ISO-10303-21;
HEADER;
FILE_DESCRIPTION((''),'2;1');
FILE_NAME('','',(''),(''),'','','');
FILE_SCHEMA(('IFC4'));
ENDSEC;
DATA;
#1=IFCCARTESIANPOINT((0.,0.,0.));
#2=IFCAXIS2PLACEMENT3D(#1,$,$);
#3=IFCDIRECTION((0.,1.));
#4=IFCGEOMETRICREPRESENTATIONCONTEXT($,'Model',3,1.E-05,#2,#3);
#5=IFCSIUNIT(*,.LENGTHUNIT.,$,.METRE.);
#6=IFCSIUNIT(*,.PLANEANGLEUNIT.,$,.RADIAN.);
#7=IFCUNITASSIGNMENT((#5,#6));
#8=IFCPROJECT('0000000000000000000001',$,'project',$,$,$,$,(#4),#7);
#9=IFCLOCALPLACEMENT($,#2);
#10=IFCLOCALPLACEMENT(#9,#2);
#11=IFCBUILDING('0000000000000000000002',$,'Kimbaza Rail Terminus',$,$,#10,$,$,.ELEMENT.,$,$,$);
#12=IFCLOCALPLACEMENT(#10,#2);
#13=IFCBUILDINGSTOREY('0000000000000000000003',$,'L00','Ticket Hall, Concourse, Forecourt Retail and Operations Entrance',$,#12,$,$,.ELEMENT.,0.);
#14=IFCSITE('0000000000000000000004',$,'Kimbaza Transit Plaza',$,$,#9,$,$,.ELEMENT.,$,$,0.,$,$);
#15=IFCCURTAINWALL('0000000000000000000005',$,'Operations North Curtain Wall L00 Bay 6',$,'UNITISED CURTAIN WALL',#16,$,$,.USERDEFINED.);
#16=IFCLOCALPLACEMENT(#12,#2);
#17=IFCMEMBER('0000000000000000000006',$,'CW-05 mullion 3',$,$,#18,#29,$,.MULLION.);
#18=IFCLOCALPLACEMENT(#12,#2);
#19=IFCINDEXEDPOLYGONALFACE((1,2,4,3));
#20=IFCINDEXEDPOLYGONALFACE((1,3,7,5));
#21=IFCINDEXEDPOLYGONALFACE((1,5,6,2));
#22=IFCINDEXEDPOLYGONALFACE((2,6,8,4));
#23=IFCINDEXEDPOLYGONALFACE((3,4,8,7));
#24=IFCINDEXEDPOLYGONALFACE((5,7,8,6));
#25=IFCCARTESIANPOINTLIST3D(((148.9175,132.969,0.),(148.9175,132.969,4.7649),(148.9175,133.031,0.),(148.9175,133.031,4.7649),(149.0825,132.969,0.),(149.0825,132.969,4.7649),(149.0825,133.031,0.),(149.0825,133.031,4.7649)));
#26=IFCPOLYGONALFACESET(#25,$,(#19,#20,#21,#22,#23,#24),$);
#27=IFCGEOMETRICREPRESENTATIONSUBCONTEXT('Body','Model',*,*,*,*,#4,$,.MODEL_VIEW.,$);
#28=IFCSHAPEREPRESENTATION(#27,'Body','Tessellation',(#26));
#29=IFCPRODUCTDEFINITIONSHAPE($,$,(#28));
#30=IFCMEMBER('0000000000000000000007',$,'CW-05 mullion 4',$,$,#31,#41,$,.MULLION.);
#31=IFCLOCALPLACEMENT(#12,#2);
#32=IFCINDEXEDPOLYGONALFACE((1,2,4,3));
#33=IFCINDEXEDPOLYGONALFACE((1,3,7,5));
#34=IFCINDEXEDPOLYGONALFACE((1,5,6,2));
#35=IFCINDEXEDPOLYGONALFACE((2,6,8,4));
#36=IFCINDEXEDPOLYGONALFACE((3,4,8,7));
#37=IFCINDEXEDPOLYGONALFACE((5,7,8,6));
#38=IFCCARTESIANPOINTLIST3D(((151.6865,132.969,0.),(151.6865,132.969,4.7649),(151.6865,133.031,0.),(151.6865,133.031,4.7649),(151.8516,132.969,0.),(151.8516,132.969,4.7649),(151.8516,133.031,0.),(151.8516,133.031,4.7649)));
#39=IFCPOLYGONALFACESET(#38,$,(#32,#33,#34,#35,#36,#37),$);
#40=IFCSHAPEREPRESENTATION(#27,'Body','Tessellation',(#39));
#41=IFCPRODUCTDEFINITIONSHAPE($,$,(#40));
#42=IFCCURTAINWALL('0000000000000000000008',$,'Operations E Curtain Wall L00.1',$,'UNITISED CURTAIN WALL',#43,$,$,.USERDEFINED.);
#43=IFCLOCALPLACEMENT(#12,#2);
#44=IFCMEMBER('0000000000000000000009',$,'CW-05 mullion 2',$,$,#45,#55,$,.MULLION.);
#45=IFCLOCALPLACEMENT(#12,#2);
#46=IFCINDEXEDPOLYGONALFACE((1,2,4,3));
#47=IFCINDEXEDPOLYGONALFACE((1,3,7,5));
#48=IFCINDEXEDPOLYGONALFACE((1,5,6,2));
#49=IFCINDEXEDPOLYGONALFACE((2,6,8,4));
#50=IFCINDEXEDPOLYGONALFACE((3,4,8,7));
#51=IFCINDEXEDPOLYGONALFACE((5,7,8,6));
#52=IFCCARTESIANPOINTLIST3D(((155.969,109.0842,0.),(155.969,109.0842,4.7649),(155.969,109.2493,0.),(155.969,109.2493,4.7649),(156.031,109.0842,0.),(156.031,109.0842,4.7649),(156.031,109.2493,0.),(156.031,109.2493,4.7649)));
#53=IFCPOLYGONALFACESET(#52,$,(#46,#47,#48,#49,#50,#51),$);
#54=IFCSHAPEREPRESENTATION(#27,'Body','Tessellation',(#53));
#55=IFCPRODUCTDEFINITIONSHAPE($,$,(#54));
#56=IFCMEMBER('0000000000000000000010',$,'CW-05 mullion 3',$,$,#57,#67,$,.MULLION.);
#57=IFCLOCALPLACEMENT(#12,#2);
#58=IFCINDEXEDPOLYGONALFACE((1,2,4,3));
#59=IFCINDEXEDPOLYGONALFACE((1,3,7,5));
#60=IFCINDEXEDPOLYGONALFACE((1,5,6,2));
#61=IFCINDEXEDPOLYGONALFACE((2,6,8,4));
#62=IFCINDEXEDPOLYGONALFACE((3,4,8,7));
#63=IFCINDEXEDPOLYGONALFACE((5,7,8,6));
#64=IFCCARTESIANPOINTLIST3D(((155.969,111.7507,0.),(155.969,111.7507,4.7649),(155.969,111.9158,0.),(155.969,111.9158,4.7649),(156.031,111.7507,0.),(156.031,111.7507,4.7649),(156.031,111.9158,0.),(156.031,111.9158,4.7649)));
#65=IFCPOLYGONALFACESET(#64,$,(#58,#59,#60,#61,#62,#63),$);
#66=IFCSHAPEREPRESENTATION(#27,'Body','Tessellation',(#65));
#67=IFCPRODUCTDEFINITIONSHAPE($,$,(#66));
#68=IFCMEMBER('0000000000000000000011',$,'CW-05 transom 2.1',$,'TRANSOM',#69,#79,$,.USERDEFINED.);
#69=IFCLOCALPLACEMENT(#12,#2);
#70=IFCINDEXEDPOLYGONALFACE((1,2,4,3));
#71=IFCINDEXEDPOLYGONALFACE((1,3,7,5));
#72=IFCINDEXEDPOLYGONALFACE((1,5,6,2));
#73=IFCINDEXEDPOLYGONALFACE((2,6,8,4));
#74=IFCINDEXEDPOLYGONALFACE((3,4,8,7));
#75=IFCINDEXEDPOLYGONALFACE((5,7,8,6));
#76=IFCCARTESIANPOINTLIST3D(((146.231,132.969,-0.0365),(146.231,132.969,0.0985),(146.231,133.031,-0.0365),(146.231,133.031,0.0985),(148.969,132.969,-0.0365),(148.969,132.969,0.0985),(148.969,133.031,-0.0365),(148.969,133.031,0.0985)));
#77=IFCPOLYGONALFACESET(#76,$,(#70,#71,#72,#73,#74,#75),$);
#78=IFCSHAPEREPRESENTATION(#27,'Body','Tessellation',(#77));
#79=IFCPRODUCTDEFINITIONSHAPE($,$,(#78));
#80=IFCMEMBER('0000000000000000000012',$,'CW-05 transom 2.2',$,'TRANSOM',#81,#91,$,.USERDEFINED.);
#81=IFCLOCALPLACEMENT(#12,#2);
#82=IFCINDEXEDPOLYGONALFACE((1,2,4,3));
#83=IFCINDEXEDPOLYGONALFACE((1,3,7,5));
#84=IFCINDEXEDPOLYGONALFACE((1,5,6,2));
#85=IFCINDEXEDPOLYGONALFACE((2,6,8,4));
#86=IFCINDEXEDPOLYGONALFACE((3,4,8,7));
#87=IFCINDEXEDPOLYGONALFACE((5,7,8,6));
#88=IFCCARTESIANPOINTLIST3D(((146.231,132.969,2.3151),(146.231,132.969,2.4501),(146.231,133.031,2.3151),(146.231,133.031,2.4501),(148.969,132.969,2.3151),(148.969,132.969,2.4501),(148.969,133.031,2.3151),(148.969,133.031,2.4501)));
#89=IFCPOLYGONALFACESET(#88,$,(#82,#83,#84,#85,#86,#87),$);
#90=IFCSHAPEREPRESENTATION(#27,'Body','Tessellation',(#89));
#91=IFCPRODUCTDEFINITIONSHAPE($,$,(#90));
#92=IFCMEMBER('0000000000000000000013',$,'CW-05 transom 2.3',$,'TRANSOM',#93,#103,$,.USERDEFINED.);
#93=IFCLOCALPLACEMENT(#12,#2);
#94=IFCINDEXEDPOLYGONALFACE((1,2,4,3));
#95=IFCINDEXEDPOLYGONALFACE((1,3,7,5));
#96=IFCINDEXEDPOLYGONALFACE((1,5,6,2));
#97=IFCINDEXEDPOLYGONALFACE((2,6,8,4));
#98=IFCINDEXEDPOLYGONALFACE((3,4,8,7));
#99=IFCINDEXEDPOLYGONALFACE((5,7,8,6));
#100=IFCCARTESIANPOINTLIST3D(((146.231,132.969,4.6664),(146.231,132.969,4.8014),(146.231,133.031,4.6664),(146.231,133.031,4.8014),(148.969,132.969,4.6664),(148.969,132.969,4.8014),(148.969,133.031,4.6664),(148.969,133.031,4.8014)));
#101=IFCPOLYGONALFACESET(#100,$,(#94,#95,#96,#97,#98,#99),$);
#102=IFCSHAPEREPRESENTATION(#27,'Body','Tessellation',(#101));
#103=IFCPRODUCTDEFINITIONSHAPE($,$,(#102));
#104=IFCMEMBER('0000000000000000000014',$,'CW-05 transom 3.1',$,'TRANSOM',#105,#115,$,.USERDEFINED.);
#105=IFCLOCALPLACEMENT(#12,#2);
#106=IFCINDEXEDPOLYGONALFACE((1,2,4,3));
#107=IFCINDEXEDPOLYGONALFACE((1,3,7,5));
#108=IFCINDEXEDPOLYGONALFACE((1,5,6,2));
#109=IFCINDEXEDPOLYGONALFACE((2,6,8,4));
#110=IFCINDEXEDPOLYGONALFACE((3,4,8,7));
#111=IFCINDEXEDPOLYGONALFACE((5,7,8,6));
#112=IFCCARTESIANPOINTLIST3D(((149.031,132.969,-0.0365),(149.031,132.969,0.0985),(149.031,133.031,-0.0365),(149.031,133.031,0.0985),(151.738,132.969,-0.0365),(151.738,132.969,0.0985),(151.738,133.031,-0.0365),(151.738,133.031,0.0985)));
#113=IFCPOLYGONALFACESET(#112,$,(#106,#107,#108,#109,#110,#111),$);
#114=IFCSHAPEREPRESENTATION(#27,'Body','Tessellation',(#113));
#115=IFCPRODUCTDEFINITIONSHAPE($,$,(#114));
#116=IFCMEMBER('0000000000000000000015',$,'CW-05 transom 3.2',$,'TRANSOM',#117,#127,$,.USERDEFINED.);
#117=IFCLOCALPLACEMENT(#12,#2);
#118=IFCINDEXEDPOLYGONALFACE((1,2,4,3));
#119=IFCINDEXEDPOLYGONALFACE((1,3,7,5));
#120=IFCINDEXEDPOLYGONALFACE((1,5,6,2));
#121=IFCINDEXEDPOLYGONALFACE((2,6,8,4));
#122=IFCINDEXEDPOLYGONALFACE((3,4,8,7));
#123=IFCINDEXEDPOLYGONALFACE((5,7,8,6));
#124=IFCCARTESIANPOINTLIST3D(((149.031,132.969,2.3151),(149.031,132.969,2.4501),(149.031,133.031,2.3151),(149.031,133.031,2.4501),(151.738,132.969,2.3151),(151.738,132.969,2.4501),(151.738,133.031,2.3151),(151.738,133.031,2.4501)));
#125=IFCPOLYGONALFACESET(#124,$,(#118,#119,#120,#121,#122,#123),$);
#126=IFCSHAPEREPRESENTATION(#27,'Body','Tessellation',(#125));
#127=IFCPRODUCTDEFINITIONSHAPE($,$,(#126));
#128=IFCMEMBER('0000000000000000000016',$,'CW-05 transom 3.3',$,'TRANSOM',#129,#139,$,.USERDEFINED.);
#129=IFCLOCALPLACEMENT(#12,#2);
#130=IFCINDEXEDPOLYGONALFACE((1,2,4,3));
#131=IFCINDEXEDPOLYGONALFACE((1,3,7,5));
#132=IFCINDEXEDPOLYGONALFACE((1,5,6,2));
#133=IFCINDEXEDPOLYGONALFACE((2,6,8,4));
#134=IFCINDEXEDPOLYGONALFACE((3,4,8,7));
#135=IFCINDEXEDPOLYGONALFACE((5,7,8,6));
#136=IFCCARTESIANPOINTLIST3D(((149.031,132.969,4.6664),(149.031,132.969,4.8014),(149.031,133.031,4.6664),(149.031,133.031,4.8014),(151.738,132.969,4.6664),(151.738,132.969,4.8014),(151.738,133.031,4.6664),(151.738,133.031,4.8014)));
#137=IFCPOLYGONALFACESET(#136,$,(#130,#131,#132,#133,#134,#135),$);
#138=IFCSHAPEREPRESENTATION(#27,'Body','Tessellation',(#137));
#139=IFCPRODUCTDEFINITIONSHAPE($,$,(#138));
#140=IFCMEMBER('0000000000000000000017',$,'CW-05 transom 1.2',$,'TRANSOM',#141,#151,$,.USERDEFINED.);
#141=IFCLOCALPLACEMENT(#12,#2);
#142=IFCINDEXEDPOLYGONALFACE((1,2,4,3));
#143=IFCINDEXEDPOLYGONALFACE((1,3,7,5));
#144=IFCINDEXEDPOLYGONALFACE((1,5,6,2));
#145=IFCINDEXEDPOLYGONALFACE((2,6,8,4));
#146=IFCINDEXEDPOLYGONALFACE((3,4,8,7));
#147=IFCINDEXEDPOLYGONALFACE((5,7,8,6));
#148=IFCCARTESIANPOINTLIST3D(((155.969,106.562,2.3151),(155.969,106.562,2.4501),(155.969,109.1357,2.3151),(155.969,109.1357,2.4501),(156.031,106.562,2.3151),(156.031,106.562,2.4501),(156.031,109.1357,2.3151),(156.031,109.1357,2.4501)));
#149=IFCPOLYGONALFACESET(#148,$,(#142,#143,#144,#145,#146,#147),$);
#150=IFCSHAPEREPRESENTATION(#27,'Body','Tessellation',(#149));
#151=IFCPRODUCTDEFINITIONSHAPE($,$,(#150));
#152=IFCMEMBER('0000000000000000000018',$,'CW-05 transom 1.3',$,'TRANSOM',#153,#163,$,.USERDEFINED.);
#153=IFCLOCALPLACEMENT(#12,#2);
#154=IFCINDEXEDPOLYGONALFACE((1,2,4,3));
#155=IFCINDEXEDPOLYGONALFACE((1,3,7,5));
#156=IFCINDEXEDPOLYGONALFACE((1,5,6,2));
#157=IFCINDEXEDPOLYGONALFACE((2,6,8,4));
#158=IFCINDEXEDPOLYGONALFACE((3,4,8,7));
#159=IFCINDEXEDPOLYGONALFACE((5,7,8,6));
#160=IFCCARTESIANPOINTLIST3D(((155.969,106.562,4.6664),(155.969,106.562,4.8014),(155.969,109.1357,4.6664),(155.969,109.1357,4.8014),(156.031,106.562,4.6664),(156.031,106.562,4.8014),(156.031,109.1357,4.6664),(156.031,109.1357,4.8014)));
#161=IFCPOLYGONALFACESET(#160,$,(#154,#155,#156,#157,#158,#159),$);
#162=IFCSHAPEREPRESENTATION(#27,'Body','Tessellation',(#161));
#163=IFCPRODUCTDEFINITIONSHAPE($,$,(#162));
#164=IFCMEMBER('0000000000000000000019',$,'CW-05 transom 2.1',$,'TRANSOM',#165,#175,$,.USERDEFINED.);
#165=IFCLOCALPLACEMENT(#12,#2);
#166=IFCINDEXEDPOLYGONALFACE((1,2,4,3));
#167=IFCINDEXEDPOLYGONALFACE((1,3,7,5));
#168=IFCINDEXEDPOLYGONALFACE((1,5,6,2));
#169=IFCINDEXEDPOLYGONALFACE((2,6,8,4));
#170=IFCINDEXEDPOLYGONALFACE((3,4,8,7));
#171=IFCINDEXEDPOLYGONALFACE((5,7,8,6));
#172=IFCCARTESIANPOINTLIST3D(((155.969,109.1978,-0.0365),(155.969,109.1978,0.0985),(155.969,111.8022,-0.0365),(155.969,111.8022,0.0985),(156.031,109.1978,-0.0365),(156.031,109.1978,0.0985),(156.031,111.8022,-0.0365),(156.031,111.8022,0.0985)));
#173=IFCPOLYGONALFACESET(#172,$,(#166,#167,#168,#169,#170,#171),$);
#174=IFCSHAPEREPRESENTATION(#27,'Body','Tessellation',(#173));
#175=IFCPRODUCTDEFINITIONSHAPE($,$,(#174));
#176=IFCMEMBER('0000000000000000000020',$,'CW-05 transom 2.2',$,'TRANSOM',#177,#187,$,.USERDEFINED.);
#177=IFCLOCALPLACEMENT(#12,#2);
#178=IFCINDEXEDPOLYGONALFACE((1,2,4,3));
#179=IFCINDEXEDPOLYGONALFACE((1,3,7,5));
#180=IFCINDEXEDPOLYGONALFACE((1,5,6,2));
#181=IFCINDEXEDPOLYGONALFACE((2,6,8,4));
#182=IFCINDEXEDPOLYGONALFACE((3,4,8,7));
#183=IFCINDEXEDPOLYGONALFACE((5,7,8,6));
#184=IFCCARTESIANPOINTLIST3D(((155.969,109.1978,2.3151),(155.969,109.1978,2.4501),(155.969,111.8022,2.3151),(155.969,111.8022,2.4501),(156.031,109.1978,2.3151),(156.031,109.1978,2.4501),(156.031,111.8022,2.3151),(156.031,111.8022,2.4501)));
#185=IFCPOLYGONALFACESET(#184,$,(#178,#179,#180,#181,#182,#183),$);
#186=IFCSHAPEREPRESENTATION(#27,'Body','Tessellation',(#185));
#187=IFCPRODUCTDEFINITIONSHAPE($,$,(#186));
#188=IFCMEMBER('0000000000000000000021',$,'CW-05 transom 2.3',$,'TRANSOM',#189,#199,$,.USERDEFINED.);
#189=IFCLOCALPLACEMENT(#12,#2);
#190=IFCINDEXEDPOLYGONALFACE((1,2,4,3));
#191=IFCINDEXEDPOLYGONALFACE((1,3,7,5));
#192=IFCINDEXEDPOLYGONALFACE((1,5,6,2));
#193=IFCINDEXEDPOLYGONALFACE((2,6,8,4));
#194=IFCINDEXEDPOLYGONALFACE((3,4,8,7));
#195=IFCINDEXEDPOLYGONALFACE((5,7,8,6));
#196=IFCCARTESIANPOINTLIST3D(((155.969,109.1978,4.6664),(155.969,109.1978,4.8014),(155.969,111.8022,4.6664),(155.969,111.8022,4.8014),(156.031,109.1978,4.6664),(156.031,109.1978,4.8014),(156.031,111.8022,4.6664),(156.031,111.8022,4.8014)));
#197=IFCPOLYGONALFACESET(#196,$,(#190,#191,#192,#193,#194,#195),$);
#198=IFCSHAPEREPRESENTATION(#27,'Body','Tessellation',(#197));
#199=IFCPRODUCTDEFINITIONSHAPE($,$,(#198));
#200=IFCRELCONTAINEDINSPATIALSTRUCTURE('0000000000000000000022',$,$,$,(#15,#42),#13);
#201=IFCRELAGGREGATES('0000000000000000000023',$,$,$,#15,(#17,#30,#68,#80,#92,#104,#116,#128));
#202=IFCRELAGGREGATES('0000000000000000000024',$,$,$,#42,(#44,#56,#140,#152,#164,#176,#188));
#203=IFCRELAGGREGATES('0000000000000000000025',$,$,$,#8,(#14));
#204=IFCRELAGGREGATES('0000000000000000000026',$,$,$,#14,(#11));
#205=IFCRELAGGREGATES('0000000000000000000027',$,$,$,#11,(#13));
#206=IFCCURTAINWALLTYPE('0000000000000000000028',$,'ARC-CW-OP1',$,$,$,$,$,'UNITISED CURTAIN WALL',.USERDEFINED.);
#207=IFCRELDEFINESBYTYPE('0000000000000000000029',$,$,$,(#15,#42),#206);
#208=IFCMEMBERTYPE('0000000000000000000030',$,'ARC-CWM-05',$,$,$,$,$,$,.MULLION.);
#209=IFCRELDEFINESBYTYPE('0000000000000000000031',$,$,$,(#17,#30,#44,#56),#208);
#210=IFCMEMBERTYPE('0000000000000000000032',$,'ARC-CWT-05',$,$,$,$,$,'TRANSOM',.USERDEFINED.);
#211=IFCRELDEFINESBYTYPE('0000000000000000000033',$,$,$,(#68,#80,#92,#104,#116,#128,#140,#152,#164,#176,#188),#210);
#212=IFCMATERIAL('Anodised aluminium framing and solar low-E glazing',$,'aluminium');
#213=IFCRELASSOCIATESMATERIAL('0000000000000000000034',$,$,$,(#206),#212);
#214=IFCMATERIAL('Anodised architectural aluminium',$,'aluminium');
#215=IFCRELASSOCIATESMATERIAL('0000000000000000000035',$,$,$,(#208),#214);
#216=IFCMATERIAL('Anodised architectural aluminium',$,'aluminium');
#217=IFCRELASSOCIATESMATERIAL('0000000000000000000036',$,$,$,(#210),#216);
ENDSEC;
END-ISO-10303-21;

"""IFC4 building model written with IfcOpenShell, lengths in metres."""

from ifc_helpers import new_model, si_unit, direction, frame, origin, origin_2d, place, context, subcontext, project, spatial, rectangle, extrude, material, material_profile, profile_set, type_object, element, aggregate, save


model = new_model("IFC4")

# Units and contexts
model_context = context("Model", 3, precision=1e-05, world=origin(), true_north=direction((0.0, 1.0)))
body_context = subcontext(model_context, "Body", "Model", "MODEL_VIEW")
ifc_project = project(units=[si_unit("LENGTHUNIT", "METRE"), si_unit("PLANEANGLEUNIT", "RADIAN")], contexts=[model_context])

# Site, building, storey
site_placement = place(None, origin())
site = spatial("IfcSite", under=ifc_project, at=site_placement, Name="Kimbaza Transit Plaza", CompositionType="ELEMENT", RefElevation=0.0)
building_placement = place(site_placement, origin())
building = spatial("IfcBuilding", under=site, at=building_placement, Name="Kimbaza Rail Terminus", CompositionType="ELEMENT")
storey_placement = place(building_placement, origin())
storey = spatial("IfcBuildingStorey", under=building, at=storey_placement, Name="L00", Description="Ticket Hall, Concourse, Forecourt Retail and Operations Entrance", CompositionType="ELEMENT", Elevation=0.0)

# Curtain walls, members
ifc_material_1 = material(Name="Anodised aluminium framing and solar low-E glazing", Category="aluminium")
curtain_wall_type = type_object("IfcCurtainWallType", Name="ARC-CW-OP1", ElementType="UNITISED CURTAIN WALL", PredefinedType="USERDEFINED", material=ifc_material_1)
curtain_wall_1_placement = place(storey_placement, origin())
curtain_wall_1 = element("IfcCurtainWall", 1, at=curtain_wall_1_placement, inside=storey, type_object=curtain_wall_type, Name="Operations North Curtain Wall L00 Bay 6", ObjectType="UNITISED CURTAIN WALL", PredefinedType="USERDEFINED")
ifc_material_2 = material(Name="Anodised architectural aluminium", Category="aluminium")
ifc_material_profile_1 = material_profile(ifc_material_2, rectangle(XDim=0.062, YDim=0.165, at=origin_2d()), Name="MULLION 62x165")
ifc_profile_set_1 = profile_set([ifc_material_profile_1], Name="Anodised architectural aluminium")
member_type_1 = type_object("IfcMemberType", Name="ARC-CWM-05", PredefinedType="MULLION", material=ifc_profile_set_1)
member_1_placement = place(storey_placement, frame((149.0, 133.0, 0.0), z_axis=(0.0, 0.0, 1.0), x_axis=(0.0, 1.0, 0.0)))
member_1 = element("IfcMember", 2, at=member_1_placement, type_object=member_type_1, Name="CW-05 mullion 3", PredefinedType="MULLION", context=body_context, shape_type="SweptSolid", body=[
    extrude(rectangle(XDim=0.062, YDim=0.165, at=origin_2d()), origin(), (0.0, 0.0, 1.0), 4.7649),
])
member_2_placement = place(storey_placement, frame((151.769, 133.0, 0.0), z_axis=(0.0, 0.0, 1.0), x_axis=(0.0, 1.0, 0.0)))
member_2 = element("IfcMember", 3, at=member_2_placement, type_object=member_type_1, Name="CW-05 mullion 4", PredefinedType="MULLION", context=body_context, shape_type="SweptSolid", body=[
    extrude(rectangle(XDim=0.062, YDim=0.165, at=origin_2d()), origin(), (0.0, 0.0, 1.0), 4.7649),
])
curtain_wall_2_placement = place(storey_placement, origin())
curtain_wall_2 = element("IfcCurtainWall", 4, at=curtain_wall_2_placement, inside=storey, type_object=curtain_wall_type, Name="Operations E Curtain Wall L00.1", ObjectType="UNITISED CURTAIN WALL", PredefinedType="USERDEFINED")
member_3_placement = place(storey_placement, frame((156.0, 109.1667, 0.0), z_axis=(0.0, 0.0, 1.0), x_axis=(-1.0, 0.0, 0.0)))
member_3 = element("IfcMember", 5, at=member_3_placement, type_object=member_type_1, Name="CW-05 mullion 2", PredefinedType="MULLION", context=body_context, shape_type="SweptSolid", body=[
    extrude(rectangle(XDim=0.062, YDim=0.165, at=origin_2d()), origin(), (0.0, 0.0, 1.0), 4.7649),
])
member_4_placement = place(storey_placement, frame((156.0, 111.8333, 0.0), z_axis=(0.0, 0.0, 1.0), x_axis=(-1.0, 0.0, 0.0)))
member_4 = element("IfcMember", 6, at=member_4_placement, type_object=member_type_1, Name="CW-05 mullion 3", PredefinedType="MULLION", context=body_context, shape_type="SweptSolid", body=[
    extrude(rectangle(XDim=0.062, YDim=0.165, at=origin_2d()), origin(), (0.0, 0.0, 1.0), 4.7649),
])

# Members
ifc_material_3 = material(Name="Anodised architectural aluminium", Category="aluminium")
ifc_material_profile_2 = material_profile(ifc_material_3, rectangle(XDim=0.062, YDim=0.135, at=origin_2d()), Name="TRANSOM 62x135")
ifc_profile_set_2 = profile_set([ifc_material_profile_2], Name="Anodised architectural aluminium")
member_type_2 = type_object("IfcMemberType", Name="ARC-CWT-05", ElementType="TRANSOM", PredefinedType="USERDEFINED", material=ifc_profile_set_2)
member_5_placement = place(storey_placement, frame((146.231, 133.0, 0.031), z_axis=(1.0, 0.0, 0.0), x_axis=(0.0, 1.0, 0.0)))
member_5 = element("IfcMember", 7, at=member_5_placement, type_object=member_type_2, Name="CW-05 transom 2.1", ObjectType="TRANSOM", PredefinedType="USERDEFINED", context=body_context, shape_type="SweptSolid", body=[
    extrude(rectangle(XDim=0.062, YDim=0.135, at=origin_2d()), origin(), (0.0, 0.0, 1.0), 2.738),
])
member_6_placement = place(storey_placement, frame((146.231, 133.0, 2.3826), z_axis=(1.0, 0.0, 0.0), x_axis=(0.0, 1.0, 0.0)))
member_6 = element("IfcMember", 8, at=member_6_placement, type_object=member_type_2, Name="CW-05 transom 2.2", ObjectType="TRANSOM", PredefinedType="USERDEFINED", context=body_context, shape_type="SweptSolid", body=[
    extrude(rectangle(XDim=0.062, YDim=0.135, at=origin_2d()), origin(), (0.0, 0.0, 1.0), 2.738),
])
member_7_placement = place(storey_placement, frame((146.231, 133.0, 4.7339), z_axis=(1.0, 0.0, 0.0), x_axis=(0.0, 1.0, 0.0)))
member_7 = element("IfcMember", 9, at=member_7_placement, type_object=member_type_2, Name="CW-05 transom 2.3", ObjectType="TRANSOM", PredefinedType="USERDEFINED", context=body_context, shape_type="SweptSolid", body=[
    extrude(rectangle(XDim=0.062, YDim=0.135, at=origin_2d()), origin(), (0.0, 0.0, 1.0), 2.738),
])
member_8_placement = place(storey_placement, frame((149.031, 133.0, 0.031), z_axis=(1.0, 0.0, 0.0), x_axis=(0.0, 1.0, 0.0)))
member_8 = element("IfcMember", 10, at=member_8_placement, type_object=member_type_2, Name="CW-05 transom 3.1", ObjectType="TRANSOM", PredefinedType="USERDEFINED", context=body_context, shape_type="SweptSolid", body=[
    extrude(rectangle(XDim=0.062, YDim=0.135, at=origin_2d()), origin(), (0.0, 0.0, 1.0), 2.707),
])
member_9_placement = place(storey_placement, frame((149.031, 133.0, 2.3826), z_axis=(1.0, 0.0, 0.0), x_axis=(0.0, 1.0, 0.0)))
member_9 = element("IfcMember", 11, at=member_9_placement, type_object=member_type_2, Name="CW-05 transom 3.2", ObjectType="TRANSOM", PredefinedType="USERDEFINED", context=body_context, shape_type="SweptSolid", body=[
    extrude(rectangle(XDim=0.062, YDim=0.135, at=origin_2d()), origin(), (0.0, 0.0, 1.0), 2.707),
])
member_10_placement = place(storey_placement, frame((149.031, 133.0, 4.7339), z_axis=(1.0, 0.0, 0.0), x_axis=(0.0, 1.0, 0.0)))
member_10 = element("IfcMember", 12, at=member_10_placement, type_object=member_type_2, Name="CW-05 transom 3.3", ObjectType="TRANSOM", PredefinedType="USERDEFINED", context=body_context, shape_type="SweptSolid", body=[
    extrude(rectangle(XDim=0.062, YDim=0.135, at=origin_2d()), origin(), (0.0, 0.0, 1.0), 2.707),
])
member_11_placement = place(storey_placement, frame((156.0, 106.562, 2.3826), z_axis=(0.0, 1.0, 0.0), x_axis=(-1.0, 0.0, 0.0)))
member_11 = element("IfcMember", 13, at=member_11_placement, type_object=member_type_2, Name="CW-05 transom 1.2", ObjectType="TRANSOM", PredefinedType="USERDEFINED", context=body_context, shape_type="SweptSolid", body=[
    extrude(rectangle(XDim=0.062, YDim=0.135, at=origin_2d()), origin(), (0.0, 0.0, 1.0), 2.5737),
])
member_12_placement = place(storey_placement, frame((156.0, 106.562, 4.7339), z_axis=(0.0, 1.0, 0.0), x_axis=(-1.0, 0.0, 0.0)))
member_12 = element("IfcMember", 14, at=member_12_placement, type_object=member_type_2, Name="CW-05 transom 1.3", ObjectType="TRANSOM", PredefinedType="USERDEFINED", context=body_context, shape_type="SweptSolid", body=[
    extrude(rectangle(XDim=0.062, YDim=0.135, at=origin_2d()), origin(), (0.0, 0.0, 1.0), 2.5737),
])
member_13_placement = place(storey_placement, frame((156.0, 109.1978, 0.031), z_axis=(0.0, 1.0, 0.0), x_axis=(-1.0, 0.0, 0.0)))
member_13 = element("IfcMember", 15, at=member_13_placement, type_object=member_type_2, Name="CW-05 transom 2.1", ObjectType="TRANSOM", PredefinedType="USERDEFINED", context=body_context, shape_type="SweptSolid", body=[
    extrude(rectangle(XDim=0.062, YDim=0.135, at=origin_2d()), origin(), (0.0, 0.0, 1.0), 2.6045),
])
member_14_placement = place(storey_placement, frame((156.0, 109.1978, 2.3826), z_axis=(0.0, 1.0, 0.0), x_axis=(-1.0, 0.0, 0.0)))
member_14 = element("IfcMember", 16, at=member_14_placement, type_object=member_type_2, Name="CW-05 transom 2.2", ObjectType="TRANSOM", PredefinedType="USERDEFINED", context=body_context, shape_type="SweptSolid", body=[
    extrude(rectangle(XDim=0.062, YDim=0.135, at=origin_2d()), origin(), (0.0, 0.0, 1.0), 2.6045),
])
member_15_placement = place(storey_placement, frame((156.0, 109.1978, 4.7339), z_axis=(0.0, 1.0, 0.0), x_axis=(-1.0, 0.0, 0.0)))
member_15 = element("IfcMember", 17, at=member_15_placement, type_object=member_type_2, Name="CW-05 transom 2.3", ObjectType="TRANSOM", PredefinedType="USERDEFINED", context=body_context, shape_type="SweptSolid", body=[
    extrude(rectangle(XDim=0.062, YDim=0.135, at=origin_2d()), origin(), (0.0, 0.0, 1.0), 2.6045),
])

aggregate(curtain_wall_1, [member_1, member_2, member_5, member_6, member_7, member_8, member_9, member_10])
aggregate(curtain_wall_2, [member_3, member_4, member_11, member_12, member_13, member_14, member_15])

save(model, "model.ifc")
